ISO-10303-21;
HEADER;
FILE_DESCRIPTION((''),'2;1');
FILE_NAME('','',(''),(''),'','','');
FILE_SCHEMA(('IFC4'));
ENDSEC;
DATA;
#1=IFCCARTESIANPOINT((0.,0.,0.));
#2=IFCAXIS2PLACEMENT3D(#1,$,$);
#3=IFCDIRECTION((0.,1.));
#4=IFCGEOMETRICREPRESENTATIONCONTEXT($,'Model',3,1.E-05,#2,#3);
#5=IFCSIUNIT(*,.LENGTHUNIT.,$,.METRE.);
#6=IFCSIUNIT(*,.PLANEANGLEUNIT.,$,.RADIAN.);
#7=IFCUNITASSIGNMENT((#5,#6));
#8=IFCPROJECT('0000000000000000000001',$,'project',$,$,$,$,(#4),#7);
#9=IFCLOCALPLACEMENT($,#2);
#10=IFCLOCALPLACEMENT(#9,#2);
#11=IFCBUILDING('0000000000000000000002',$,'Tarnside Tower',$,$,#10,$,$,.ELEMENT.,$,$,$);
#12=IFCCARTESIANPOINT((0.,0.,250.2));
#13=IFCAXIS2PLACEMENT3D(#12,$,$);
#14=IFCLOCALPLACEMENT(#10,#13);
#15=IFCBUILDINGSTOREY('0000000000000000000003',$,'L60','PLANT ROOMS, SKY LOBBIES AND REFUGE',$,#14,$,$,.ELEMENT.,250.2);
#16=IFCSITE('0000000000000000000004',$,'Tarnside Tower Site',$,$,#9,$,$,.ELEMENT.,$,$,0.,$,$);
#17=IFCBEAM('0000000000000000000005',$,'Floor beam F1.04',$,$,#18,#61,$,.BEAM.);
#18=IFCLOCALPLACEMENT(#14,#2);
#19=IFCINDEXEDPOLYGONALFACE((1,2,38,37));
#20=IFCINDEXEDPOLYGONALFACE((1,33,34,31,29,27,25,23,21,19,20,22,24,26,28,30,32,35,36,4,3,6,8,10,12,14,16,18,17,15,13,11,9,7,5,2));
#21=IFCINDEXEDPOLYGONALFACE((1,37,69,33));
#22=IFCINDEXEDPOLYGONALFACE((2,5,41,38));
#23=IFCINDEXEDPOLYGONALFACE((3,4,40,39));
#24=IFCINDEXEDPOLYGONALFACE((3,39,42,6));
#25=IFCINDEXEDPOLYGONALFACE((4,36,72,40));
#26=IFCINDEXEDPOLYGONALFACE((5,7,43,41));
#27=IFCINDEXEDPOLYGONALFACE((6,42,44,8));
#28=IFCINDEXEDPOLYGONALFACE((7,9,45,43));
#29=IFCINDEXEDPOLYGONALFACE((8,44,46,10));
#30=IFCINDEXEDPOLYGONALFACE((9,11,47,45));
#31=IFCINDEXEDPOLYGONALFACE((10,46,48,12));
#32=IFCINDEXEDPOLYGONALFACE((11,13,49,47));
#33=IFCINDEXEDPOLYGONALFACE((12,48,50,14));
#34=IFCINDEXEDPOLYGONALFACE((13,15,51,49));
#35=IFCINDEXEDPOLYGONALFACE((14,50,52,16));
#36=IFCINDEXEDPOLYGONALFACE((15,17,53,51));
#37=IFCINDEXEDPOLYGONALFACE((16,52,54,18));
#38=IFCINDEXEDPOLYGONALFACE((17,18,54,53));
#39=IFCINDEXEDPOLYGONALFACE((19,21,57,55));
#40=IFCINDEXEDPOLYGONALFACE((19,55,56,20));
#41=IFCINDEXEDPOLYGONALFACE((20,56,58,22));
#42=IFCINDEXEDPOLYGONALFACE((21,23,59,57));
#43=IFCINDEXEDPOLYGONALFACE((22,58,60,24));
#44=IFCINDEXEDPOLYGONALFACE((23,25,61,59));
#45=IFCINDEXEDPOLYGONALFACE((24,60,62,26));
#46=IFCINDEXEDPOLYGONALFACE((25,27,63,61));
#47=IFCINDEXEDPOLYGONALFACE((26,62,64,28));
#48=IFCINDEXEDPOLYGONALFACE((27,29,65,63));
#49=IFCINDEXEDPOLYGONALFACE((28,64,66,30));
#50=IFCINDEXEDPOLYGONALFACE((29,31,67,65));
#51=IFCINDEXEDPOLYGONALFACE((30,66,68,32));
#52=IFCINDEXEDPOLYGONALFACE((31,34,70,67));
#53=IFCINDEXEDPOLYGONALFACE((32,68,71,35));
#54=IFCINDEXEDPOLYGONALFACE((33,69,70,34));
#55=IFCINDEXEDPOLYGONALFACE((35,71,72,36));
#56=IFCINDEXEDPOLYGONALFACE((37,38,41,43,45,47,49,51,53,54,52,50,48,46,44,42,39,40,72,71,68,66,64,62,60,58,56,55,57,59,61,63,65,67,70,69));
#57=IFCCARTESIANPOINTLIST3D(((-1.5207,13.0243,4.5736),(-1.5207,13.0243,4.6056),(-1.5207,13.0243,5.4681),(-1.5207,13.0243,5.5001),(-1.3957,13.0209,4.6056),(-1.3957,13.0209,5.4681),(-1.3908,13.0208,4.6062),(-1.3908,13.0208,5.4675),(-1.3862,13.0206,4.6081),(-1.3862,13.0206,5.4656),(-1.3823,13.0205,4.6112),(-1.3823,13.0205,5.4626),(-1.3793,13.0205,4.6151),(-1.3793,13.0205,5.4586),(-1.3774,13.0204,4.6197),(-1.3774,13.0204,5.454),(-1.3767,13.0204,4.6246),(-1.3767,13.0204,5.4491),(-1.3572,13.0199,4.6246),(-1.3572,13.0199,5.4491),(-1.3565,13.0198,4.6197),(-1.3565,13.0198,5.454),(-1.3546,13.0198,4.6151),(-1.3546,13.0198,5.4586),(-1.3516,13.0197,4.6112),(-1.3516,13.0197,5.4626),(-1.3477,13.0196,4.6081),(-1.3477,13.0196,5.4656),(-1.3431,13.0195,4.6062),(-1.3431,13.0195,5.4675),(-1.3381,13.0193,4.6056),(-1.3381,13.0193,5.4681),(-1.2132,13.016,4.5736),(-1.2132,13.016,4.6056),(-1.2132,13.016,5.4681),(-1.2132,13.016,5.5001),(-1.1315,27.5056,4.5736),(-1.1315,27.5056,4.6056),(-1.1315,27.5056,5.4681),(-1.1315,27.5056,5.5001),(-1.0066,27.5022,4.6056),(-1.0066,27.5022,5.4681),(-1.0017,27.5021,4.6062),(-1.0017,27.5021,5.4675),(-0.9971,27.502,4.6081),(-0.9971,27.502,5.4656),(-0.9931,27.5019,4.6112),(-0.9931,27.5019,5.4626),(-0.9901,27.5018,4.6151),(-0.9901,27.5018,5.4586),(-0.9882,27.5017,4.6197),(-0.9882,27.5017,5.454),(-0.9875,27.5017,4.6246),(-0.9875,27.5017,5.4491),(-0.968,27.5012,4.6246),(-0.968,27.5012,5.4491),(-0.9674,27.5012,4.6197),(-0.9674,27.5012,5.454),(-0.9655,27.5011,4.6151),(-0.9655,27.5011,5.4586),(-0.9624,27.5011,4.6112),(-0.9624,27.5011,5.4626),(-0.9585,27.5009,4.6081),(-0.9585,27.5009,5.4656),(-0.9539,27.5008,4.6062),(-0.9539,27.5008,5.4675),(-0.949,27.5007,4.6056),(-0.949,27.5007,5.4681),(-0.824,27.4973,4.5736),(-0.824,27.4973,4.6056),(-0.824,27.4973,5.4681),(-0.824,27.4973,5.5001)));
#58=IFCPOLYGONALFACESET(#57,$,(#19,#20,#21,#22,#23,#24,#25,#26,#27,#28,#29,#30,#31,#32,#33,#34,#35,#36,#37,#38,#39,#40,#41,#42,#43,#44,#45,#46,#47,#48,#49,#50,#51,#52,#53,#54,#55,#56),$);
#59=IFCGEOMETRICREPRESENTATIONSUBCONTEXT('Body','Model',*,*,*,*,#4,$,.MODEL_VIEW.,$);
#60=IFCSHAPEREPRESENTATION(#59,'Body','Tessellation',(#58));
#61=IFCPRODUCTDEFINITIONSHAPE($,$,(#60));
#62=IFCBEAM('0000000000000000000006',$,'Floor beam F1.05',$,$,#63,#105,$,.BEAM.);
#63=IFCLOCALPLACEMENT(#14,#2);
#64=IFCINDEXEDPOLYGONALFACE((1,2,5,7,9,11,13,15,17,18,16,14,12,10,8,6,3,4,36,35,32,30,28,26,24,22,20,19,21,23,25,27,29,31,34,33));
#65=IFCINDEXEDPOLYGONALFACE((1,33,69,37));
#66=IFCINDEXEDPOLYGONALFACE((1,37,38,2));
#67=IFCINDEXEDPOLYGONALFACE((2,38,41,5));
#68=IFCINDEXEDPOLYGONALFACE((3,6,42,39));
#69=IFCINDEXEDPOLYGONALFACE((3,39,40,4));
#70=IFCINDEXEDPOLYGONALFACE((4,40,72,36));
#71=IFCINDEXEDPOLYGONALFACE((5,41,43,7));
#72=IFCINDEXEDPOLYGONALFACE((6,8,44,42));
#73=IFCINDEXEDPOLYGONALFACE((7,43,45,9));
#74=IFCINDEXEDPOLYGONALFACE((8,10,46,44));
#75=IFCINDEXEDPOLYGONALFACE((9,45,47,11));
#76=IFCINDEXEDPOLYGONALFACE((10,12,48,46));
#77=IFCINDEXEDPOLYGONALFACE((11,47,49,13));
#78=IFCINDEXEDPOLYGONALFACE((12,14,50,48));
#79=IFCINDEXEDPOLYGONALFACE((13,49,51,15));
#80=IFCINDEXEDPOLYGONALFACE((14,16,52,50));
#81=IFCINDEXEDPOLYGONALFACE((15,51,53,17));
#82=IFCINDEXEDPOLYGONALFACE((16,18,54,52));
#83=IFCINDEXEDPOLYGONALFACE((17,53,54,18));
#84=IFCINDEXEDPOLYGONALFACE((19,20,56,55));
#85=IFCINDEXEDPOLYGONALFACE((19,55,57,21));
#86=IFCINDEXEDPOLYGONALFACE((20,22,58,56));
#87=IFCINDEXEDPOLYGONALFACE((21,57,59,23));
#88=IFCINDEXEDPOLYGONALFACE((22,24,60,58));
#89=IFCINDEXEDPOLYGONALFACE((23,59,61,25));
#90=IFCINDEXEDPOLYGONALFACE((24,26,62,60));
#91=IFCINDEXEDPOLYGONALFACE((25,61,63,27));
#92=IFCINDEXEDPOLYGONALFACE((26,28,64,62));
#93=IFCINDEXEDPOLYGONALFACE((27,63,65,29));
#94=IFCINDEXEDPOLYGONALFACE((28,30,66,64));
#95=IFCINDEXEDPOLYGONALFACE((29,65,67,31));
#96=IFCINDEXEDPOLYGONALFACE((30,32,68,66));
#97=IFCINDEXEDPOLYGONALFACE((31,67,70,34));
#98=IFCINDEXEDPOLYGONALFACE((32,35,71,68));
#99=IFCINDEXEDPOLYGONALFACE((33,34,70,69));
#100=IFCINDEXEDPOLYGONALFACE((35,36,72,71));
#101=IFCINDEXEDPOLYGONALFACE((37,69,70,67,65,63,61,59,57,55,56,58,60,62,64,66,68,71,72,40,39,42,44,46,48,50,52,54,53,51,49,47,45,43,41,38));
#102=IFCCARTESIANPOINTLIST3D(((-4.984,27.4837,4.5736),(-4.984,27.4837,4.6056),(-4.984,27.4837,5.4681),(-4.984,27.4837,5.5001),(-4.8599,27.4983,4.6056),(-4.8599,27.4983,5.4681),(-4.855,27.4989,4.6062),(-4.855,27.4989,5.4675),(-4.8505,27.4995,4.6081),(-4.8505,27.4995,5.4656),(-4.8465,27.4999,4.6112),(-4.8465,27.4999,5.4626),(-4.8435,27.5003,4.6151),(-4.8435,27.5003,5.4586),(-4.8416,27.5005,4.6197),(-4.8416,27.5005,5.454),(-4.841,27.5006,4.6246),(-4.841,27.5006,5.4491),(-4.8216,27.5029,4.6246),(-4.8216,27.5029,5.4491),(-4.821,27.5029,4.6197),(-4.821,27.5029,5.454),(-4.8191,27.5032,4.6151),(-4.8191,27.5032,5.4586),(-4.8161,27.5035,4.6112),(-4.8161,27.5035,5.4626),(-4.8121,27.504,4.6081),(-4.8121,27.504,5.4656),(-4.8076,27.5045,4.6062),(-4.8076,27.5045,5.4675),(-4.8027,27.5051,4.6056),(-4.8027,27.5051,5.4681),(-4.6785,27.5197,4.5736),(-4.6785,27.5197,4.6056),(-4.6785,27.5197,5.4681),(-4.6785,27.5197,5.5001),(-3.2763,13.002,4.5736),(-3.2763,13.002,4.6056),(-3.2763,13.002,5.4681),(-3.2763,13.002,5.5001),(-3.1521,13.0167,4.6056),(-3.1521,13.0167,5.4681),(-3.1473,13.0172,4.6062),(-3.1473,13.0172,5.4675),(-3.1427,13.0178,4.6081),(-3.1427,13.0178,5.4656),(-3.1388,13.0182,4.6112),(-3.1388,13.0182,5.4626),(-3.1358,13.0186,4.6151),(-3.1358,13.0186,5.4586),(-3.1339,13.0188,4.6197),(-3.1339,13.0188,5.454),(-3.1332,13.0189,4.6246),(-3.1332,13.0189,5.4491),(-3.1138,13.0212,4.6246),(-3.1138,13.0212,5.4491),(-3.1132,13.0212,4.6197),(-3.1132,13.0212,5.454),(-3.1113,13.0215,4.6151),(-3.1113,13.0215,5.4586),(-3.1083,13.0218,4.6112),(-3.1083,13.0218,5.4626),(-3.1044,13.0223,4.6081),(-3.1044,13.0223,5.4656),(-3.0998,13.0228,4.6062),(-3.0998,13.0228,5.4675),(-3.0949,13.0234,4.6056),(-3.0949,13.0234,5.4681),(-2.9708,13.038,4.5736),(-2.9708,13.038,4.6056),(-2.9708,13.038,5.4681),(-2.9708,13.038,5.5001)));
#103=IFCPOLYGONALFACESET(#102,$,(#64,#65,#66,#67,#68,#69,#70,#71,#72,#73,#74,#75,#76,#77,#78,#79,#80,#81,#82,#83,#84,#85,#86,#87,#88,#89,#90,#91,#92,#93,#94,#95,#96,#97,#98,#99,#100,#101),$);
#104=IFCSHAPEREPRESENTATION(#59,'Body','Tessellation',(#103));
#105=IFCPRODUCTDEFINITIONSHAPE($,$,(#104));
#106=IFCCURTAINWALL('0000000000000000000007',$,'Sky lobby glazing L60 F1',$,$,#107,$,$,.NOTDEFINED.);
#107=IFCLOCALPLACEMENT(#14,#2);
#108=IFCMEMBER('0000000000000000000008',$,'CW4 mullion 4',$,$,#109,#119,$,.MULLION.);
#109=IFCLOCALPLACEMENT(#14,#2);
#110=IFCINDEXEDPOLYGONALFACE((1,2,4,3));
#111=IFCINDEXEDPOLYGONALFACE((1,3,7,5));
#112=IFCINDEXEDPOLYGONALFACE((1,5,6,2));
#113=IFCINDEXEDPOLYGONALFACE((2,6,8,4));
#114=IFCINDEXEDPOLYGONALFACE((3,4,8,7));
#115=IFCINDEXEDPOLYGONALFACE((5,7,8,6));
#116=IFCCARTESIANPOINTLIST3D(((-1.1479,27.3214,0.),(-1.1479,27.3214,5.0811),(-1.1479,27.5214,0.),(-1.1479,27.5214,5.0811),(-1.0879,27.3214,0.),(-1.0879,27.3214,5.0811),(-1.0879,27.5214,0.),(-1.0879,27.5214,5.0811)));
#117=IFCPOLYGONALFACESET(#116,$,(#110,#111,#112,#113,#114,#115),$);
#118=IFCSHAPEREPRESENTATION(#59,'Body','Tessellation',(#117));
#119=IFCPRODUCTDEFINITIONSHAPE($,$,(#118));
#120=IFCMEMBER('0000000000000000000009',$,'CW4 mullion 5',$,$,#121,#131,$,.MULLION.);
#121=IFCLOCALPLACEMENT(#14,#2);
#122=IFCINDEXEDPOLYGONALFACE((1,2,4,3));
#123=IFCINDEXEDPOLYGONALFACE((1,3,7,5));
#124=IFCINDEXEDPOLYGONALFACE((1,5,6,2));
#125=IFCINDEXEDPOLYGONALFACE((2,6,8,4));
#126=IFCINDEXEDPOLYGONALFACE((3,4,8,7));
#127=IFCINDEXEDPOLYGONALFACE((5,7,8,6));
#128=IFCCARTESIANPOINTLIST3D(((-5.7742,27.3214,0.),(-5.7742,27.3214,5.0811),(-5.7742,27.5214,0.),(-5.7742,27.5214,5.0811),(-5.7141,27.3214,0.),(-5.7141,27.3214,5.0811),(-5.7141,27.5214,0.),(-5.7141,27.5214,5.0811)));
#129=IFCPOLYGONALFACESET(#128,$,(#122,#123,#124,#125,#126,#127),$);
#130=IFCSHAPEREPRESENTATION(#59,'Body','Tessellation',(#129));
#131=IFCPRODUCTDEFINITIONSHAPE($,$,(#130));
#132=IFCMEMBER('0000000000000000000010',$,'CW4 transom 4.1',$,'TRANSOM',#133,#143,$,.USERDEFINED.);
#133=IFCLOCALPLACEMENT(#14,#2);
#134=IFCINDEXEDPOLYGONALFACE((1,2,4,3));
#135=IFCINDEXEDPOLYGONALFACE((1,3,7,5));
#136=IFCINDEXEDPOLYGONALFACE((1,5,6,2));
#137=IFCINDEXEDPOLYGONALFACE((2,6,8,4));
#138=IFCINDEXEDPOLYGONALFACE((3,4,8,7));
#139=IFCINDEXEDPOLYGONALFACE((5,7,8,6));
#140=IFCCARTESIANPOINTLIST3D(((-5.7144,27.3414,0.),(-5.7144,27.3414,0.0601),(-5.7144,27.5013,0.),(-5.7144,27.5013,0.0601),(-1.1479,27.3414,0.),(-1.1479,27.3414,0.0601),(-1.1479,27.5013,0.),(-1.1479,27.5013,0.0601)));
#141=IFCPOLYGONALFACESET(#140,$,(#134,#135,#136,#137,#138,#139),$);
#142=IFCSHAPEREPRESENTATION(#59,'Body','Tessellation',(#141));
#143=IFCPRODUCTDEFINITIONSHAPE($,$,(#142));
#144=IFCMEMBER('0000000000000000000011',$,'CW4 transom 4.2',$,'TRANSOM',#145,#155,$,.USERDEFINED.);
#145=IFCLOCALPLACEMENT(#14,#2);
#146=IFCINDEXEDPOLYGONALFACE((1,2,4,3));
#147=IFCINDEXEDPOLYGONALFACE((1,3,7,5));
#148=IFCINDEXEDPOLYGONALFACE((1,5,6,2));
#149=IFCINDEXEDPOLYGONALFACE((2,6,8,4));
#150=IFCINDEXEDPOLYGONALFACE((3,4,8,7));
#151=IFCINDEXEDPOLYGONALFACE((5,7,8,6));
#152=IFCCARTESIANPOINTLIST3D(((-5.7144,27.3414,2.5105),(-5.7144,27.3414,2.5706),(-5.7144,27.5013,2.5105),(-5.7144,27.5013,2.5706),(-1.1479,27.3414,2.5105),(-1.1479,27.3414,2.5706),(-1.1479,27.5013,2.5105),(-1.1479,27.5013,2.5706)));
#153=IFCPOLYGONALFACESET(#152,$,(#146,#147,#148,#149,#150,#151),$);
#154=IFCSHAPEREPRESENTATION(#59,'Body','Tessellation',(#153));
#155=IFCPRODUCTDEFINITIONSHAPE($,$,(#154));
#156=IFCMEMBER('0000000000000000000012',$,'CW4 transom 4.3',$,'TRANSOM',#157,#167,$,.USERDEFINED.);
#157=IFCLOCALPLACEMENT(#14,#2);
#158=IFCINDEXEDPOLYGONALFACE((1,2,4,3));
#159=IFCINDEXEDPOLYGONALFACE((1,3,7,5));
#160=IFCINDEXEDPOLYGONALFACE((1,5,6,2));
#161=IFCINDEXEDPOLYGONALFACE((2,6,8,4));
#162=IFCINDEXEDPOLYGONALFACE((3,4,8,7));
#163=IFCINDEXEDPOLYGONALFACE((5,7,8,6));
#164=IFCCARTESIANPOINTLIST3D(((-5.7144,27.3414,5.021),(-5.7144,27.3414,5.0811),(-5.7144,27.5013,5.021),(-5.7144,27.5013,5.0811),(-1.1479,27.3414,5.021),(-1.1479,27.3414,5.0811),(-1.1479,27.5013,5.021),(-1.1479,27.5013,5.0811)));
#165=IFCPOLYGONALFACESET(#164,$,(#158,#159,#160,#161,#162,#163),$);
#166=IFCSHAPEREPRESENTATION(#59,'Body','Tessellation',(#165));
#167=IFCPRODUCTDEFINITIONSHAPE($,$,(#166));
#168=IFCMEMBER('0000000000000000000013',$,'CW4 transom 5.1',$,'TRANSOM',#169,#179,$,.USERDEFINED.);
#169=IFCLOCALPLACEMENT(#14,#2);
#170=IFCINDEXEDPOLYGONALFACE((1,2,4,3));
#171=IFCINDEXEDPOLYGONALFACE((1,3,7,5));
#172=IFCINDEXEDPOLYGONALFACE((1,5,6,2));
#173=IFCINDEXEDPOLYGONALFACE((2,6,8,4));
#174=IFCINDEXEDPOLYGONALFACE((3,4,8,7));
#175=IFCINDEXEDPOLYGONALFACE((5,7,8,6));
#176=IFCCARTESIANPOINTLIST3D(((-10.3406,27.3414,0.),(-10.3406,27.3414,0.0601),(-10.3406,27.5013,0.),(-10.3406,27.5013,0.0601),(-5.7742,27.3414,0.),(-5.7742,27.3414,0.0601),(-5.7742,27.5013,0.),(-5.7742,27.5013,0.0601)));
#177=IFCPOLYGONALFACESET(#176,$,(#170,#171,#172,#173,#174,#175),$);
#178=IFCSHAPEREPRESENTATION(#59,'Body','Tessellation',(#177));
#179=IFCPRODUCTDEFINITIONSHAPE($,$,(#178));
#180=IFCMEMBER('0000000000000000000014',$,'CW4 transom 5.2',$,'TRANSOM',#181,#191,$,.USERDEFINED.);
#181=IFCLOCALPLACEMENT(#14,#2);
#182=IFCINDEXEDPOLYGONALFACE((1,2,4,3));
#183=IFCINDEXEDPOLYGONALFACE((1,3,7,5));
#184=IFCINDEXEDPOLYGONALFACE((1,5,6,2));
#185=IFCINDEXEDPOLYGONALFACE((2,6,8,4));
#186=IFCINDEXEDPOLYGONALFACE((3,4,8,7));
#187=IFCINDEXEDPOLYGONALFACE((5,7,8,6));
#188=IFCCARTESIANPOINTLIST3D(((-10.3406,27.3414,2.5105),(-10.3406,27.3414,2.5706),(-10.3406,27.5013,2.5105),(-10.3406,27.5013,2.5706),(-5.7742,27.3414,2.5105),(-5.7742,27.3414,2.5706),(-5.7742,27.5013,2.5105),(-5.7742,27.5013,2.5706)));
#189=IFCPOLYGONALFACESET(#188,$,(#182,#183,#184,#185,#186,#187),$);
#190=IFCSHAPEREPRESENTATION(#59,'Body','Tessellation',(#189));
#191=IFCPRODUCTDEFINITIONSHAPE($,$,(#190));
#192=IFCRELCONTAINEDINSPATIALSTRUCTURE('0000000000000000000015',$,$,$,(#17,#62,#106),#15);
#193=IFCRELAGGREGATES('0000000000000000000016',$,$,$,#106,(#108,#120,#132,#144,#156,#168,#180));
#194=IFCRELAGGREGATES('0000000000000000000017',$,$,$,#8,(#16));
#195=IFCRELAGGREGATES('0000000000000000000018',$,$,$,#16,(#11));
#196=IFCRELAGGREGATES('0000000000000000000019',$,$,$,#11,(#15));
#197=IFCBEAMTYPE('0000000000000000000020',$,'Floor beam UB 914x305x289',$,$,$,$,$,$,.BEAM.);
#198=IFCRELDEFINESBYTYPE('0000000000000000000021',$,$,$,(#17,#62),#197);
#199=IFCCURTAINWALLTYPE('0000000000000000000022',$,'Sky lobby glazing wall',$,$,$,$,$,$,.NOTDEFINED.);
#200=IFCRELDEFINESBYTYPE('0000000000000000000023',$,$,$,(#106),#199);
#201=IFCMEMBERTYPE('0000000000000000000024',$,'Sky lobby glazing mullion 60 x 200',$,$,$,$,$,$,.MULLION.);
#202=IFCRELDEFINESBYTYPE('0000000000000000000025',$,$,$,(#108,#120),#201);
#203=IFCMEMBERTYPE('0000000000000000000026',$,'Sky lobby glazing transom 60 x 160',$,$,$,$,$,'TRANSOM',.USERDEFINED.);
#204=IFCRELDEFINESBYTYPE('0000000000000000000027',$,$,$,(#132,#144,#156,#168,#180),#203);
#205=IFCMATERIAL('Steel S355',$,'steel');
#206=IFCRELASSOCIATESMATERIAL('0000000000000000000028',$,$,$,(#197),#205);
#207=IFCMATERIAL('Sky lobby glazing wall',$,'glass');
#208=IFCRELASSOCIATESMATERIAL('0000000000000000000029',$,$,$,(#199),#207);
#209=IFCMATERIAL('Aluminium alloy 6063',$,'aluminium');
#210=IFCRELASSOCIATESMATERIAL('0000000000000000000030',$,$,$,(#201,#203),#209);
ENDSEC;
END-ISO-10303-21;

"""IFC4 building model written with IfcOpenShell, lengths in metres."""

from ifc_helpers import new_model, si_unit, direction, frame, origin, origin_2d, place, context, subcontext, project, spatial, rectangle, i_section, extrude, material, material_profile, profile_set, type_object, element, aggregate, save


model = new_model("IFC4")

# Units and contexts
model_context = context("Model", 3, precision=1e-05, world=origin(), true_north=direction((0.0, 1.0)))
body_context = subcontext(model_context, "Body", "Model", "MODEL_VIEW")
ifc_project = project(units=[si_unit("LENGTHUNIT", "METRE"), si_unit("PLANEANGLEUNIT", "RADIAN")], contexts=[model_context])

# Site, building, storey
site_placement = place(None, origin())
site = spatial("IfcSite", under=ifc_project, at=site_placement, Name="Tarnside Tower Site", CompositionType="ELEMENT", RefElevation=0.0)
building_placement = place(site_placement, origin())
building = spatial("IfcBuilding", under=site, at=building_placement, Name="Tarnside Tower", CompositionType="ELEMENT")
storey_placement = place(building_placement, frame((0.0, 0.0, 250.2)))
storey = spatial("IfcBuildingStorey", under=building, at=storey_placement, Name="L60", Description="PLANT ROOMS, SKY LOBBIES AND REFUGE", CompositionType="ELEMENT", Elevation=250.2)

# Beams
ifc_material_1 = material(Name="Steel S355", Category="steel")
ifc_material_profile_1 = material_profile(ifc_material_1, i_section(OverallWidth=0.3076, OverallDepth=0.9265, WebThickness=0.0195, FlangeThickness=0.032, FilletRadius=0.019, at=origin_2d()), Name="UB 914x305x289")
ifc_profile_set_1 = profile_set([ifc_material_profile_1], Name="Steel S355")
beam_type = type_object("IfcBeamType", Name="Floor beam UB 914x305x289", PredefinedType="BEAM", material=ifc_profile_set_1)
beam_1_placement = place(storey_placement, frame((-0.9778, 27.5015, 5.0369), z_axis=(-0.026863, -0.999639, 0.0), x_axis=(0.999639, -0.026863, 0.0)))
element("IfcBeam", 1, at=beam_1_placement, inside=storey, type_object=beam_type, Name="Floor beam F1.04", PredefinedType="BEAM", context=body_context, shape_type="SweptSolid", body=[
    extrude(i_section(OverallWidth=0.3076, OverallDepth=0.9265, WebThickness=0.0195, FlangeThickness=0.032, FilletRadius=0.019, at=origin_2d()), origin(), (0.0, 0.0, 1.0), 14.4866),
])
beam_2_placement = place(storey_placement, frame((-4.8313, 27.5017, 5.0369), z_axis=(0.117114, -0.993118, 0.0), x_axis=(0.993118, 0.117114, 0.0)))
element("IfcBeam", 2, at=beam_2_placement, inside=storey, type_object=beam_type, Name="Floor beam F1.05", PredefinedType="BEAM", context=body_context, shape_type="SweptSolid", body=[
    extrude(i_section(OverallWidth=0.3076, OverallDepth=0.9265, WebThickness=0.0195, FlangeThickness=0.032, FilletRadius=0.019, at=origin_2d()), origin(), (0.0, 0.0, 1.0), 14.582),
])

# Curtain wall, members
ifc_material_2 = material(Name="Sky lobby glazing wall", Category="glass")
curtain_wall_type = type_object("IfcCurtainWallType", Name="Sky lobby glazing wall", PredefinedType="NOTDEFINED", material=ifc_material_2)
curtain_wall_placement = place(storey_placement, origin())
curtain_wall = element("IfcCurtainWall", 3, at=curtain_wall_placement, inside=storey, type_object=curtain_wall_type, Name="Sky lobby glazing L60 F1", PredefinedType="NOTDEFINED")
ifc_material_3 = material(Name="Aluminium alloy 6063", Category="aluminium")
ifc_material_profile_2 = material_profile(ifc_material_3, rectangle(XDim=0.2, YDim=0.0601, at=origin_2d()), Name="Sky lobby glazing mullion 60 x 200")
ifc_profile_set_2 = profile_set([ifc_material_profile_2], Name="Aluminium alloy 6063")
member_type_1 = type_object("IfcMemberType", Name="Sky lobby glazing mullion 60 x 200", PredefinedType="MULLION", material=ifc_profile_set_2)
member_1_placement = place(storey_placement, frame((-1.1179, 27.4214, 0.0), z_axis=(0.0, 0.0, 1.0), x_axis=(0.0, -1.0, 0.0)))
member_1 = element("IfcMember", 4, at=member_1_placement, type_object=member_type_1, Name="CW4 mullion 4", PredefinedType="MULLION", context=body_context, shape_type="SweptSolid", body=[
    extrude(rectangle(XDim=0.2, YDim=0.0601, at=origin_2d()), origin(), (0.0, 0.0, 1.0), 5.0811),
])
member_2_placement = place(storey_placement, frame((-5.7441, 27.4214, 0.0), z_axis=(0.0, 0.0, 1.0), x_axis=(0.0, -1.0, 0.0)))
member_2 = element("IfcMember", 5, at=member_2_placement, type_object=member_type_1, Name="CW4 mullion 5", PredefinedType="MULLION", context=body_context, shape_type="SweptSolid", body=[
    extrude(rectangle(XDim=0.2, YDim=0.0601, at=origin_2d()), origin(), (0.0, 0.0, 1.0), 5.0811),
])
ifc_material_profile_3 = material_profile(ifc_material_3, rectangle(XDim=0.1599, YDim=0.0601, at=origin_2d()), Name="Sky lobby glazing transom 60 x 160")
ifc_profile_set_3 = profile_set([ifc_material_profile_3], Name="Aluminium alloy 6063")
member_type_2 = type_object("IfcMemberType", Name="Sky lobby glazing transom 60 x 160", ElementType="TRANSOM", PredefinedType="USERDEFINED", material=ifc_profile_set_3)
member_3_placement = place(storey_placement, frame((-1.1479, 27.4214, 0.03), z_axis=(-1.0, 0.0, 0.0), x_axis=(0.0, -1.0, 0.0)))
member_3 = element("IfcMember", 6, at=member_3_placement, type_object=member_type_2, Name="CW4 transom 4.1", ObjectType="TRANSOM", PredefinedType="USERDEFINED", context=body_context, shape_type="SweptSolid", body=[
    extrude(rectangle(XDim=0.1599, YDim=0.0601, at=origin_2d()), origin(), (0.0, 0.0, 1.0), 4.5664),
])
member_4_placement = place(storey_placement, frame((-1.1479, 27.4214, 2.5405), z_axis=(-1.0, 0.0, 0.0), x_axis=(0.0, -1.0, 0.0)))
member_4 = element("IfcMember", 7, at=member_4_placement, type_object=member_type_2, Name="CW4 transom 4.2", ObjectType="TRANSOM", PredefinedType="USERDEFINED", context=body_context, shape_type="SweptSolid", body=[
    extrude(rectangle(XDim=0.1599, YDim=0.0601, at=origin_2d()), origin(), (0.0, 0.0, 1.0), 4.5664),
])
member_5_placement = place(storey_placement, frame((-1.1479, 27.4214, 5.051), z_axis=(-1.0, 0.0, 0.0), x_axis=(0.0, -1.0, 0.0)))
member_5 = element("IfcMember", 8, at=member_5_placement, type_object=member_type_2, Name="CW4 transom 4.3", ObjectType="TRANSOM", PredefinedType="USERDEFINED", context=body_context, shape_type="SweptSolid", body=[
    extrude(rectangle(XDim=0.1599, YDim=0.0601, at=origin_2d()), origin(), (0.0, 0.0, 1.0), 4.5664),
])
member_6_placement = place(storey_placement, frame((-5.7742, 27.4214, 0.03), z_axis=(-1.0, 0.0, 0.0), x_axis=(0.0, -1.0, 0.0)))
member_6 = element("IfcMember", 9, at=member_6_placement, type_object=member_type_2, Name="CW4 transom 5.1", ObjectType="TRANSOM", PredefinedType="USERDEFINED", context=body_context, shape_type="SweptSolid", body=[
    extrude(rectangle(XDim=0.1599, YDim=0.0601, at=origin_2d()), origin(), (0.0, 0.0, 1.0), 4.5664),
])
member_7_placement = place(storey_placement, frame((-5.7742, 27.4214, 2.5405), z_axis=(-1.0, 0.0, 0.0), x_axis=(0.0, -1.0, 0.0)))
member_7 = element("IfcMember", 10, at=member_7_placement, type_object=member_type_2, Name="CW4 transom 5.2", ObjectType="TRANSOM", PredefinedType="USERDEFINED", context=body_context, shape_type="SweptSolid", body=[
    extrude(rectangle(XDim=0.1599, YDim=0.0601, at=origin_2d()), origin(), (0.0, 0.0, 1.0), 4.5664),
])

aggregate(curtain_wall, [member_1, member_2, member_3, member_4, member_5, member_6, member_7])

save(model, "model.ifc")
